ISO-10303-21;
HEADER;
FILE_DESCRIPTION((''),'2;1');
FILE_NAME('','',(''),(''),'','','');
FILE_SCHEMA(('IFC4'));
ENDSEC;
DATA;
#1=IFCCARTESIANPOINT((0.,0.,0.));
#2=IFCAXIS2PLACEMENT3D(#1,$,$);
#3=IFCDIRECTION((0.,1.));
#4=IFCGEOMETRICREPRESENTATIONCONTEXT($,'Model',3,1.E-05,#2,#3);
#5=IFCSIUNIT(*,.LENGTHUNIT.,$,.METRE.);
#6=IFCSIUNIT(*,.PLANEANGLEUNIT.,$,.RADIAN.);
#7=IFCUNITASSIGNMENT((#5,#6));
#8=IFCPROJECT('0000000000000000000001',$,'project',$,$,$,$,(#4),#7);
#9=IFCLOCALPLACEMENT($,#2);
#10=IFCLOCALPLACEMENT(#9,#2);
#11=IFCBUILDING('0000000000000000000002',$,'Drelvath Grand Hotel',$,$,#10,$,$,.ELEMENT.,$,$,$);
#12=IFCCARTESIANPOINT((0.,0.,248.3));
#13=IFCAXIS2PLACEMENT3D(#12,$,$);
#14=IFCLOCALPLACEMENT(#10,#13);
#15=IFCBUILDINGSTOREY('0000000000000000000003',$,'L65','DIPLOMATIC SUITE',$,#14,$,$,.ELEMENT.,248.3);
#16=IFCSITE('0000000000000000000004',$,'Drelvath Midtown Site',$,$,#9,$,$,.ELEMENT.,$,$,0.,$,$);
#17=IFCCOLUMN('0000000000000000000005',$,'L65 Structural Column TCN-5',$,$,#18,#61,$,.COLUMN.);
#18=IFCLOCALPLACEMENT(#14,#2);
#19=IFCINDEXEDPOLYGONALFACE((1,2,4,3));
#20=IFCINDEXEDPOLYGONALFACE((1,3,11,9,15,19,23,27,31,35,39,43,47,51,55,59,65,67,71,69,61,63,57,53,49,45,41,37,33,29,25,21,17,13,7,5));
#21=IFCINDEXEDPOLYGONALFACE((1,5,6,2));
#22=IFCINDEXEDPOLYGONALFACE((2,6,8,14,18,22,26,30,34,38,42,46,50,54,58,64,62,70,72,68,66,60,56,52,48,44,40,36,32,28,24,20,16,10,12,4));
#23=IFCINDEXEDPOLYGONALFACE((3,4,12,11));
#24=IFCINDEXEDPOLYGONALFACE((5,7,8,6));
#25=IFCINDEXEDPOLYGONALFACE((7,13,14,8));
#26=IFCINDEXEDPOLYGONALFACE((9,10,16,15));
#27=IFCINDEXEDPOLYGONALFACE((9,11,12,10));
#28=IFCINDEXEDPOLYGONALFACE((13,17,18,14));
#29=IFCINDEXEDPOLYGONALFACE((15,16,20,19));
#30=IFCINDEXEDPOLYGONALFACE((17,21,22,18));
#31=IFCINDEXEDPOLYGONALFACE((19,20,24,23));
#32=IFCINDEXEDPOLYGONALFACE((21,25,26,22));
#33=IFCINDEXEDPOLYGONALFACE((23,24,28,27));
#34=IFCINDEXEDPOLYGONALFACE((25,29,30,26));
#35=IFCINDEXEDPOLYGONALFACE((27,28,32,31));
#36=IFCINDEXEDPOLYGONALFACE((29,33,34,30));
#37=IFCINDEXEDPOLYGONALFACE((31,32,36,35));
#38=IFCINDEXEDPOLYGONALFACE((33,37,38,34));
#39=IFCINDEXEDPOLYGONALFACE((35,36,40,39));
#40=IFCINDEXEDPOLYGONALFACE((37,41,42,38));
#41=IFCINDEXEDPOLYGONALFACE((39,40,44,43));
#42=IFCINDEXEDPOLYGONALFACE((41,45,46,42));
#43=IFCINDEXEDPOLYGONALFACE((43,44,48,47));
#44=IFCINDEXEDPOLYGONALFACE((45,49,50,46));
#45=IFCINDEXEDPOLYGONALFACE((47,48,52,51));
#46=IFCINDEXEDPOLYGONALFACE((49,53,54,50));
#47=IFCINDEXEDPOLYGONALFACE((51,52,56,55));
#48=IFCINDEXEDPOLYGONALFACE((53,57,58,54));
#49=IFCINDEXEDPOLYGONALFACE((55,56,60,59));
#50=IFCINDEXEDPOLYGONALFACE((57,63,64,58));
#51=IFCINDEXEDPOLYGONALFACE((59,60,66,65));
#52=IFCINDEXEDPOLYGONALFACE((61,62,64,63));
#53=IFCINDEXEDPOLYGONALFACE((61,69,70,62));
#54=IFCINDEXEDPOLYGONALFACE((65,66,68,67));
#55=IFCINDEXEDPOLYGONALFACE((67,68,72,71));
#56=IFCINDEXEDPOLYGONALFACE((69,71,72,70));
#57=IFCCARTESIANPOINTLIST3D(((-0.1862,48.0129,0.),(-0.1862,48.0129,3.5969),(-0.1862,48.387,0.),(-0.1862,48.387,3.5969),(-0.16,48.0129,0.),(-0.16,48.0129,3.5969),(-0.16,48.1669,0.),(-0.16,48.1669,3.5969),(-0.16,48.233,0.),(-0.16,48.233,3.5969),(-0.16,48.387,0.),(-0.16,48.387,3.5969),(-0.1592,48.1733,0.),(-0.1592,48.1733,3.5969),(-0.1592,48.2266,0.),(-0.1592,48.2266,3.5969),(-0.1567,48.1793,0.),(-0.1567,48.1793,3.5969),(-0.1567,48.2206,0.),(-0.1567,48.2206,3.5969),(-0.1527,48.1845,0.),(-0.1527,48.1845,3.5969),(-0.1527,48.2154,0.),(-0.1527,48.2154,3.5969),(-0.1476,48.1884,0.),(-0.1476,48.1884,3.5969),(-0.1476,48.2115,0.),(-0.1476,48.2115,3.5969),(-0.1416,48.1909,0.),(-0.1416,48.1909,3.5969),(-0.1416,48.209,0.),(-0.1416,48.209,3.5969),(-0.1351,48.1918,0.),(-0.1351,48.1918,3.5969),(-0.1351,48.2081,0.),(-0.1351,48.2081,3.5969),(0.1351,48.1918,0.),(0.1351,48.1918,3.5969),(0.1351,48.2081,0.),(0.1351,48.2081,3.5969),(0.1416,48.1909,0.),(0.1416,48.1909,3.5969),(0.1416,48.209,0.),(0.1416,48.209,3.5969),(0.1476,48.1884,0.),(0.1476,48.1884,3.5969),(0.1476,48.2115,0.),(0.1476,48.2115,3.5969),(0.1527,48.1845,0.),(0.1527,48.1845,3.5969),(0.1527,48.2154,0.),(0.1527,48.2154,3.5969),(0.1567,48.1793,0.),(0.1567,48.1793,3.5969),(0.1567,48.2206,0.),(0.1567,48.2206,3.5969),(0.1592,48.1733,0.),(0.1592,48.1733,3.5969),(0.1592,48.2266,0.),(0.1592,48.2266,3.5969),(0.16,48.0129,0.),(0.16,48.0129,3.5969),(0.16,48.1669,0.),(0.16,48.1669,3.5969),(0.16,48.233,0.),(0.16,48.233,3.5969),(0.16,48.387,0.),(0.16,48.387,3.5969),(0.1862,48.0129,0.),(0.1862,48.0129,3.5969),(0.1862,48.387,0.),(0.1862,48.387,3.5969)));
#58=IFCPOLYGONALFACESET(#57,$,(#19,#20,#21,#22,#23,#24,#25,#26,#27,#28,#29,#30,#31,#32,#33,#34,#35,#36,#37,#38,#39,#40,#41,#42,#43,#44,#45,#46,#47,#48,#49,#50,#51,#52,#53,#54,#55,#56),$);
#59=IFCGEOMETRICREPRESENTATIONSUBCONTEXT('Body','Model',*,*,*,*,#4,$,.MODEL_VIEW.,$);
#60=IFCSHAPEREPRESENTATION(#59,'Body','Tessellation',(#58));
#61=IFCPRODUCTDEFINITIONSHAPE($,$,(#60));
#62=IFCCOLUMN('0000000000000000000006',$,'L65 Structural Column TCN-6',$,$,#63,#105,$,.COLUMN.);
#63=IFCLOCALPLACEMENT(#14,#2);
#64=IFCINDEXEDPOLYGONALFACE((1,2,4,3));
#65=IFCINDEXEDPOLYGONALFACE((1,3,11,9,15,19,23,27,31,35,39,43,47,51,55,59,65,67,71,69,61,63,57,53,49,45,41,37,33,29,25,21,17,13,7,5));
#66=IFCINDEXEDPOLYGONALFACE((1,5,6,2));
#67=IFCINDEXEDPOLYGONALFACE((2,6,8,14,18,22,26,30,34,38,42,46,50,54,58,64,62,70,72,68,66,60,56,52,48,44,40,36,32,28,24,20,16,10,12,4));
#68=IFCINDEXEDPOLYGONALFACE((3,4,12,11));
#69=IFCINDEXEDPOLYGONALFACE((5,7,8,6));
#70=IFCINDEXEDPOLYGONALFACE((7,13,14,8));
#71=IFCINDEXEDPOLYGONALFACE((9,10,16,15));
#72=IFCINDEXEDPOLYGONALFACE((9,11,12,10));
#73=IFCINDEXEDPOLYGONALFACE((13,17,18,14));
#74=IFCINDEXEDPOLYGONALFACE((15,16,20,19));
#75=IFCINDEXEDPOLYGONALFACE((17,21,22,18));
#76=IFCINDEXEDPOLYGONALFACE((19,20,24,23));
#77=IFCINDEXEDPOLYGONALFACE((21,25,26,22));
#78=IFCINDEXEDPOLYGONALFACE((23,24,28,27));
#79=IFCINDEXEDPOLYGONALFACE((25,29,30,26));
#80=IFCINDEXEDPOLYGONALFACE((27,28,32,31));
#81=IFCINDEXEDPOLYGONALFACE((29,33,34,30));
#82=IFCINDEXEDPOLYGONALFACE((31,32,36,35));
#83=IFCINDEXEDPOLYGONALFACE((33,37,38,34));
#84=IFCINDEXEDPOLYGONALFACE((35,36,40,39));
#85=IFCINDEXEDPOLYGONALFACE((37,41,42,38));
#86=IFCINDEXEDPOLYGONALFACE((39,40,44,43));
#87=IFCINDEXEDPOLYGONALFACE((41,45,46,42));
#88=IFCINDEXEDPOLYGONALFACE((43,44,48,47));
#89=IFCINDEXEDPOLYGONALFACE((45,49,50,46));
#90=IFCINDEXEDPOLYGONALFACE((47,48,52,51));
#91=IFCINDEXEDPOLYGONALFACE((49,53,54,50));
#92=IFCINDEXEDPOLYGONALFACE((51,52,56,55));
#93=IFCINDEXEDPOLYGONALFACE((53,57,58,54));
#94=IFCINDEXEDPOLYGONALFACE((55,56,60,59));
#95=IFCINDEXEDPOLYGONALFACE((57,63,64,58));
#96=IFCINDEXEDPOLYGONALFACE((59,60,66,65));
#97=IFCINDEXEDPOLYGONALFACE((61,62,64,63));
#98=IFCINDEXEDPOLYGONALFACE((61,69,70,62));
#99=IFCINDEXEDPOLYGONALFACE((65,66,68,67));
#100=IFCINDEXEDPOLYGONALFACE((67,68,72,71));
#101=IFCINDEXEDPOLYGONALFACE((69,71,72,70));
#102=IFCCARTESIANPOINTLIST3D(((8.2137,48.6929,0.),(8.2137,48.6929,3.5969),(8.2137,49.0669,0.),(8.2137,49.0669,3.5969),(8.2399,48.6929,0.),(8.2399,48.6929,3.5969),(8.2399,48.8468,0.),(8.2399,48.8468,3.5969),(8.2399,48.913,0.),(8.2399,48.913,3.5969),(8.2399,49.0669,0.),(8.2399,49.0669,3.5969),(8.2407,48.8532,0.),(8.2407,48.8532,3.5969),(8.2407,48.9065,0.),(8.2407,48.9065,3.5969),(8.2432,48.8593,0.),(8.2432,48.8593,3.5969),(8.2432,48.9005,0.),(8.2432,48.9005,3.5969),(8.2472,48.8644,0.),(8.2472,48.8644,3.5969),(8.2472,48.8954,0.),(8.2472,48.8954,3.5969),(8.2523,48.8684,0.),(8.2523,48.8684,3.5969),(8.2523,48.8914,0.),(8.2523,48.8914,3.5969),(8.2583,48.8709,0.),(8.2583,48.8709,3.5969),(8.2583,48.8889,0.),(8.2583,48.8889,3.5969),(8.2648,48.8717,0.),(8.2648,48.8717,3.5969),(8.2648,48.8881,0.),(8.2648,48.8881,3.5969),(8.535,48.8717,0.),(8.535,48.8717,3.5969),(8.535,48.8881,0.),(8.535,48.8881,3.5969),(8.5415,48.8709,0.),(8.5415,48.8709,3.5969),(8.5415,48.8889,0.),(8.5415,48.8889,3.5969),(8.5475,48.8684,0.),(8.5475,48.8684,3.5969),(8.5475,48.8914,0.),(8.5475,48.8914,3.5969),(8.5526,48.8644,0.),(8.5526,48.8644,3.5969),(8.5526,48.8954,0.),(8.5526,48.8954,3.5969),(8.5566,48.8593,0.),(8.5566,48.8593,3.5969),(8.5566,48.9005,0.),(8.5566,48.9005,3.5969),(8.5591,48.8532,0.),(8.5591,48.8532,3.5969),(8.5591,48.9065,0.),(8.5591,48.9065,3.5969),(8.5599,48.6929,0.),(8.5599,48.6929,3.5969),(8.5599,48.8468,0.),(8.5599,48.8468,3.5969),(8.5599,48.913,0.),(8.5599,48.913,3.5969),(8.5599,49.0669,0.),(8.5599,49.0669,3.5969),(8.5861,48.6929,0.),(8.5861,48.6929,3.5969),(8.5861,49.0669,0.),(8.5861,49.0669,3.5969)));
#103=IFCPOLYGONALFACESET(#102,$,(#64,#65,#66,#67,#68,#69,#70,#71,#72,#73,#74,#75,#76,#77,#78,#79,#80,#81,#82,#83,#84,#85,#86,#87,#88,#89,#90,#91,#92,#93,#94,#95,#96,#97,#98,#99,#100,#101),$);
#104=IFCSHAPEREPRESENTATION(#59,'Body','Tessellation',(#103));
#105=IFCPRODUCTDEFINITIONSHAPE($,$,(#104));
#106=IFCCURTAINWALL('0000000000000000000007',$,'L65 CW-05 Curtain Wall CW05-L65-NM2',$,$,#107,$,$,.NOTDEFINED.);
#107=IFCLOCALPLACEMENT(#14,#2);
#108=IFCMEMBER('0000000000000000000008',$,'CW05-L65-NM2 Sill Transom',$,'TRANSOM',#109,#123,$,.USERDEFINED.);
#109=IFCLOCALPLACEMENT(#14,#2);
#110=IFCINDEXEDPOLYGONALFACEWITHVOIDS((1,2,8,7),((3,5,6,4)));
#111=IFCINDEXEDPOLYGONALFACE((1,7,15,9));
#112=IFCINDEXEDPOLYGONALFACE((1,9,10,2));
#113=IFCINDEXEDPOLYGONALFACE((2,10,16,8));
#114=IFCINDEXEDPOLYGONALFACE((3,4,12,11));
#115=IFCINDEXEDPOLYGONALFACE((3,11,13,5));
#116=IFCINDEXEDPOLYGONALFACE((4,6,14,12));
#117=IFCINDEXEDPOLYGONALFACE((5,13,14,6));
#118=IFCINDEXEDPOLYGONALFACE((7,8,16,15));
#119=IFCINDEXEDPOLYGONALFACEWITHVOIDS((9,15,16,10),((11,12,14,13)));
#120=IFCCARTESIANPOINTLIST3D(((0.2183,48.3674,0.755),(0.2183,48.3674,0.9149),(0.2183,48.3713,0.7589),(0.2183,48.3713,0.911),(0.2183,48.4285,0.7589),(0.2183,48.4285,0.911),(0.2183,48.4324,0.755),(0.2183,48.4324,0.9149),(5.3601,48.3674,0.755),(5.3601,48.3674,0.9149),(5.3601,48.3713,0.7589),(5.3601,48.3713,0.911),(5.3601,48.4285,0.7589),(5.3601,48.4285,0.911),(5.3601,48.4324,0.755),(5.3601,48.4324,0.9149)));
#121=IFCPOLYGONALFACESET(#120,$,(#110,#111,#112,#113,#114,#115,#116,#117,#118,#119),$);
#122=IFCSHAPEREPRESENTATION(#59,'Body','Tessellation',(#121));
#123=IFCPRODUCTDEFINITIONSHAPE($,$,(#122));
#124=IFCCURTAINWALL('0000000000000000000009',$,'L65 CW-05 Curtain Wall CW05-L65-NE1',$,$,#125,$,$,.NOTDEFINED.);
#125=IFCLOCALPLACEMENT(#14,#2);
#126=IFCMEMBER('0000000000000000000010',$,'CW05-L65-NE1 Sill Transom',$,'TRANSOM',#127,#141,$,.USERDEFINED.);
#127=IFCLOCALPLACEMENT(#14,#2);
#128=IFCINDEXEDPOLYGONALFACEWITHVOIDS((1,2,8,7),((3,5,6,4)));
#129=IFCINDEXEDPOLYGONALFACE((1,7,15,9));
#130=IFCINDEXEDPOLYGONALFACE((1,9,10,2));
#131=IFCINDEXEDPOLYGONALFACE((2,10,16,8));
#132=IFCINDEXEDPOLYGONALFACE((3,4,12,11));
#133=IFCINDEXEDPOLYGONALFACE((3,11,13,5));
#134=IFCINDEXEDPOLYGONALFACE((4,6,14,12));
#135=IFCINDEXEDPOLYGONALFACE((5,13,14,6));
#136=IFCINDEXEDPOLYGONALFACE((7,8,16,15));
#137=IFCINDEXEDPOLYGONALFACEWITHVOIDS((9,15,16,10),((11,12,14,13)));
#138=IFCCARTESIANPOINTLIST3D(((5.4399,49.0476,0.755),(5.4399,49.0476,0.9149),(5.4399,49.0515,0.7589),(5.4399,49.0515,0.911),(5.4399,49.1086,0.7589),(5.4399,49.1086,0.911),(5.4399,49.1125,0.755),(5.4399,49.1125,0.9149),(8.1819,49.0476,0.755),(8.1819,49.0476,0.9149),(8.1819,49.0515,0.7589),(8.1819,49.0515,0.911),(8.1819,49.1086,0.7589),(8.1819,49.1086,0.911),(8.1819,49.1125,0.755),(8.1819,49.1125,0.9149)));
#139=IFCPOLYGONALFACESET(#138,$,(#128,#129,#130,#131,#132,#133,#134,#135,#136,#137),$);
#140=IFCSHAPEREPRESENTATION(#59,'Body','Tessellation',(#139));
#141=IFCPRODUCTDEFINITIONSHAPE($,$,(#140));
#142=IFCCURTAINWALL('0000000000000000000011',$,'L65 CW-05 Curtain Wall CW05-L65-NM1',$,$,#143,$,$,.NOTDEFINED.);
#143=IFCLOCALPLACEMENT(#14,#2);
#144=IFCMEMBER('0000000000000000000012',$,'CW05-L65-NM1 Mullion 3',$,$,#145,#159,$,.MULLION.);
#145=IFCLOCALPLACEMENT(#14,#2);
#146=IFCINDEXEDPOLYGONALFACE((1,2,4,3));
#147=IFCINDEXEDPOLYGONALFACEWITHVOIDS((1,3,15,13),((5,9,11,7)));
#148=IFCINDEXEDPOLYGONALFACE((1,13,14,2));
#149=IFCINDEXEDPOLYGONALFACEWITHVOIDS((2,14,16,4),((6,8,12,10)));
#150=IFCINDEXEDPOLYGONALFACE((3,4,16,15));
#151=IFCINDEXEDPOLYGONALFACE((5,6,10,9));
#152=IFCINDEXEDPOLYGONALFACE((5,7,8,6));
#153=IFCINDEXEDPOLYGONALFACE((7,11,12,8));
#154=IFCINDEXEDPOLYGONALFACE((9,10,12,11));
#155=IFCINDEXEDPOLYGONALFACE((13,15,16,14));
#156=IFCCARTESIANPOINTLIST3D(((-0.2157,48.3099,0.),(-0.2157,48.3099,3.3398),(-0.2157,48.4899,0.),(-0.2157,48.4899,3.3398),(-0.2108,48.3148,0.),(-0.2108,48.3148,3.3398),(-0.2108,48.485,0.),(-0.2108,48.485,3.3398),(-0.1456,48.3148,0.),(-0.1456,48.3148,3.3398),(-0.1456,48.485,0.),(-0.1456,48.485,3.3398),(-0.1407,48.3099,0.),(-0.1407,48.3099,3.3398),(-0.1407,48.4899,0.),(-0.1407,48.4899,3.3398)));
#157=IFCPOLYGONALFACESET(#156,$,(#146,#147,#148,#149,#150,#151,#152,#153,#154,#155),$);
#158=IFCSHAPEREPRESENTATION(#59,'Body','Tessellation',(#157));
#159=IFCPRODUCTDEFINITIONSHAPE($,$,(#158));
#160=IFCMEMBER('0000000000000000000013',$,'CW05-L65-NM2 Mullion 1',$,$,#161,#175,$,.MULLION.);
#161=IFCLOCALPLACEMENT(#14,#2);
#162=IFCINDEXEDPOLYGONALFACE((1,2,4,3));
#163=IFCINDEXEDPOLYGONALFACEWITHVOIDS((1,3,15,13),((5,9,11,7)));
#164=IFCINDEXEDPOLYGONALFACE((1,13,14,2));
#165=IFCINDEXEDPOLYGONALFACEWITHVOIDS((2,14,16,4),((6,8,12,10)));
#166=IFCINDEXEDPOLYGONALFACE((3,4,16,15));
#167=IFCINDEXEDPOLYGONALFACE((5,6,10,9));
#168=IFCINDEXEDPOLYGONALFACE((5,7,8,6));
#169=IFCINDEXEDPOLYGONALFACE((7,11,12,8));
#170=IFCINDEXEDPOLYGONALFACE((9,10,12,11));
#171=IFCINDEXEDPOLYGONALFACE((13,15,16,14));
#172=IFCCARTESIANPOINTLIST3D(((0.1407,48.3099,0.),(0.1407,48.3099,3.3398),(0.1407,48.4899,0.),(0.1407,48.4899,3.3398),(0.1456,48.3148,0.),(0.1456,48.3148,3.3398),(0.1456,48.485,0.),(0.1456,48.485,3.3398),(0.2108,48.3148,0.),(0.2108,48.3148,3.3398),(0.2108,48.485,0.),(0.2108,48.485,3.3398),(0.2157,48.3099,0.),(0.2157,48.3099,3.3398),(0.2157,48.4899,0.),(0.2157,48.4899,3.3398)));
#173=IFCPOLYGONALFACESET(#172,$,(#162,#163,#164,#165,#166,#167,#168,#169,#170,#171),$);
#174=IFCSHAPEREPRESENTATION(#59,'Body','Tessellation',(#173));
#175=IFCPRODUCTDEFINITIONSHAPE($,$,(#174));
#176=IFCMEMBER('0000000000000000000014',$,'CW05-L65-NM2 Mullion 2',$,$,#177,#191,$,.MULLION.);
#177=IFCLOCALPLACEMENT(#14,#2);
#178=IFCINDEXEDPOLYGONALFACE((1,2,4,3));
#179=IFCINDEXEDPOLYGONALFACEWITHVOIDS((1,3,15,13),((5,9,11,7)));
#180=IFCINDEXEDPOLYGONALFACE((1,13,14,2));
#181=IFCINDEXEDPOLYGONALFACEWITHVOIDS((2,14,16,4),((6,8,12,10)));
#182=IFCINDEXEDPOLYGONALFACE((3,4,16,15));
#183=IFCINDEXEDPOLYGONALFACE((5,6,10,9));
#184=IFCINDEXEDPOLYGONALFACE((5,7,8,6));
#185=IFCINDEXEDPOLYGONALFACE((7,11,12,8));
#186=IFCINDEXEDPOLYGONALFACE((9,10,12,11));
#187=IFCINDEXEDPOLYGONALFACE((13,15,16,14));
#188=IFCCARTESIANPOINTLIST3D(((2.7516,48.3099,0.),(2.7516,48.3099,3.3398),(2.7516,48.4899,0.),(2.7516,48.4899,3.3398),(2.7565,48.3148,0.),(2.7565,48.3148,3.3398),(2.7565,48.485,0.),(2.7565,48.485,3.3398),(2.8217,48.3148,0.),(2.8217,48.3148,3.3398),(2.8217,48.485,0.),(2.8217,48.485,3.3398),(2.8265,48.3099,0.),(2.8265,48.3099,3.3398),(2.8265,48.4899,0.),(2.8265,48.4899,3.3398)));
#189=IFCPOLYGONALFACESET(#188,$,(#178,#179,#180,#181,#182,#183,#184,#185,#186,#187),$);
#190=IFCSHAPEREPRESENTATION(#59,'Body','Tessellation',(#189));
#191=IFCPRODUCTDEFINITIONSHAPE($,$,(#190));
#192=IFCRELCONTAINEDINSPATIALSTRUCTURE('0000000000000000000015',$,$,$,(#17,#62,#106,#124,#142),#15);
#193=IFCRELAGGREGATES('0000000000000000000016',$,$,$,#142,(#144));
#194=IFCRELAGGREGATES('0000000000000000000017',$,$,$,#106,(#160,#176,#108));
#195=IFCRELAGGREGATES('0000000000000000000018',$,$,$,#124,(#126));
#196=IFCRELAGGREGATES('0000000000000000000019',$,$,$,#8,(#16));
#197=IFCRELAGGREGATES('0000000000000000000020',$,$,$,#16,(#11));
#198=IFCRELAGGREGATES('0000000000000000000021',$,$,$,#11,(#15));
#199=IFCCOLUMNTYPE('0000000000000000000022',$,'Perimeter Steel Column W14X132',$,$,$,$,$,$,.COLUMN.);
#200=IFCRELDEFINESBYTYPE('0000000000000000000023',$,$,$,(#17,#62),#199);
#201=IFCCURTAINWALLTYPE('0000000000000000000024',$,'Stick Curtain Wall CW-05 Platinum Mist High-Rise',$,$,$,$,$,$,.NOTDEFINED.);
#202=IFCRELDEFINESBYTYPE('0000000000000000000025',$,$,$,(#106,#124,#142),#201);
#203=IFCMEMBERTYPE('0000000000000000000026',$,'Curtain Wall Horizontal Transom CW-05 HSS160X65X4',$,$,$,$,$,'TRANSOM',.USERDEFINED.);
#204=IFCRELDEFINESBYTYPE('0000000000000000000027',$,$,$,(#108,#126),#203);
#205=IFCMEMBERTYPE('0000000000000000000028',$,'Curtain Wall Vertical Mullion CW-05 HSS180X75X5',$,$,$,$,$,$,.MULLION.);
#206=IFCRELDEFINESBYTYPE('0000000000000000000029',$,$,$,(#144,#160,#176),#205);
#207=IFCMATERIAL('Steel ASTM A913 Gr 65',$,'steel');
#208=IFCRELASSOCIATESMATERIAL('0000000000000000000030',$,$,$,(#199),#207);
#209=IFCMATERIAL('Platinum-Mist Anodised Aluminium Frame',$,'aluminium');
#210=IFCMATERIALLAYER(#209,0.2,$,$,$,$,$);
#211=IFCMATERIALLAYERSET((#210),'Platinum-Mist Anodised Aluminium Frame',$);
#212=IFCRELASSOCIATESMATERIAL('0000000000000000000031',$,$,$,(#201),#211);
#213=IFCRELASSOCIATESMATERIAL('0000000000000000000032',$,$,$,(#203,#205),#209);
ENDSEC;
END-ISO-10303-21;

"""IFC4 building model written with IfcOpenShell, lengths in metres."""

from ifc_helpers import new_model, si_unit, direction, frame, origin, origin_2d, place, context, subcontext, project, spatial, hollow_rectangle, i_section, extrude, material, layer, layer_set, material_profile, profile_set, type_object, element, aggregate, save


model = new_model("IFC4")

# Units and contexts
model_context = context("Model", 3, precision=1e-05, world=origin(), true_north=direction((0.0, 1.0)))
body_context = subcontext(model_context, "Body", "Model", "MODEL_VIEW")
ifc_project = project(units=[si_unit("LENGTHUNIT", "METRE"), si_unit("PLANEANGLEUNIT", "RADIAN")], contexts=[model_context])

# Site, building, storey
site_placement = place(None, origin())
site = spatial("IfcSite", under=ifc_project, at=site_placement, Name="Drelvath Midtown Site", CompositionType="ELEMENT", RefElevation=0.0)
building_placement = place(site_placement, origin())
building = spatial("IfcBuilding", under=site, at=building_placement, Name="Drelvath Grand Hotel", CompositionType="ELEMENT")
storey_placement = place(building_placement, frame((0.0, 0.0, 248.3)))
storey = spatial("IfcBuildingStorey", under=building, at=storey_placement, Name="L65", Description="DIPLOMATIC SUITE", CompositionType="ELEMENT", Elevation=248.3)

# Columns
ifc_material_1 = material(Name="Steel ASTM A913 Gr 65", Category="steel")
ifc_material_profile_1 = material_profile(ifc_material_1, i_section(OverallWidth=0.374, OverallDepth=0.3723, WebThickness=0.0164, FlangeThickness=0.0261, FilletRadius=0.0249, at=origin_2d()), Name="W14X132")
ifc_profile_set_1 = profile_set([ifc_material_profile_1], Name="Steel ASTM A913 Gr 65")
column_type = type_object("IfcColumnType", Name="Perimeter Steel Column W14X132", PredefinedType="COLUMN", material=ifc_profile_set_1)
for number, where, z_axis, x_axis, name in (
    (1, (0.0, 48.2, 0.0), (0.0, 0.0, 1.0), (0.0, 1.0, 0.0), "L65 Structural Column TCN-5"),
    (2, (8.3999, 48.8799, 0.0), (0.0, 0.0, 1.0), (0.0, 1.0, 0.0), "L65 Structural Column TCN-6"),
):
    element("IfcColumn", number, at=place(storey_placement, frame(where, z_axis=z_axis, x_axis=x_axis)), inside=storey, type_object=column_type, Name=name, PredefinedType="COLUMN", context=body_context, shape_type="SweptSolid", body=[
        extrude(i_section(OverallWidth=0.374, OverallDepth=0.3723, WebThickness=0.0164, FlangeThickness=0.0261, FilletRadius=0.0249, at=origin_2d()), origin(), (0.0, 0.0, 1.0), 3.5969),
    ])

# Curtain walls, members
ifc_material_2 = material(Name="Platinum-Mist Anodised Aluminium Frame", Category="aluminium")
ifc_layer_1 = layer(ifc_material_2, 0.2)
ifc_layer_set_1 = layer_set([ifc_layer_1], Name="Platinum-Mist Anodised Aluminium Frame")
curtain_wall_type = type_object("IfcCurtainWallType", Name="Stick Curtain Wall CW-05 Platinum Mist High-Rise", PredefinedType="NOTDEFINED", material=ifc_layer_set_1)
curtain_wall_1_placement = place(storey_placement, origin())
curtain_wall_1 = element("IfcCurtainWall", 3, at=curtain_wall_1_placement, inside=storey, type_object=curtain_wall_type, Name="L65 CW-05 Curtain Wall CW05-L65-NM2", PredefinedType="NOTDEFINED")
ifc_material_profile_2 = material_profile(ifc_material_2, hollow_rectangle(XDim=0.0649, YDim=0.1599, WallThickness=0.0039, at=origin_2d()), Name="HSS160X65X4")
ifc_profile_set_2 = profile_set([ifc_material_profile_2], Name="Platinum-Mist Anodised Aluminium Frame")
member_type_1 = type_object("IfcMemberType", Name="Curtain Wall Horizontal Transom CW-05 HSS160X65X4", ElementType="TRANSOM", PredefinedType="USERDEFINED", material=ifc_profile_set_2)
member_1_placement = place(storey_placement, frame((0.2183, 48.3999, 0.835), z_axis=(1.0, 0.0, 0.0), x_axis=(0.0, 1.0, 0.0)))
member_1 = element("IfcMember", 4, at=member_1_placement, type_object=member_type_1, Name="CW05-L65-NM2 Sill Transom", ObjectType="TRANSOM", PredefinedType="USERDEFINED", context=body_context, shape_type="SweptSolid", body=[
    extrude(hollow_rectangle(XDim=0.0649, YDim=0.1599, WallThickness=0.0039, at=origin_2d()), origin(), (0.0, 0.0, 1.0), 5.1418),
])
curtain_wall_2_placement = place(storey_placement, origin())
curtain_wall_2 = element("IfcCurtainWall", 5, at=curtain_wall_2_placement, inside=storey, type_object=curtain_wall_type, Name="L65 CW-05 Curtain Wall CW05-L65-NE1", PredefinedType="NOTDEFINED")
member_2_placement = place(storey_placement, frame((5.4399, 49.0801, 0.835), z_axis=(1.0, 0.0, 0.0), x_axis=(0.0, 1.0, 0.0)))
member_2 = element("IfcMember", 6, at=member_2_placement, type_object=member_type_1, Name="CW05-L65-NE1 Sill Transom", ObjectType="TRANSOM", PredefinedType="USERDEFINED", context=body_context, shape_type="SweptSolid", body=[
    extrude(hollow_rectangle(XDim=0.0649, YDim=0.1599, WallThickness=0.0039, at=origin_2d()), origin(), (0.0, 0.0, 1.0), 2.7419),
])
curtain_wall_3_placement = place(storey_placement, origin())
curtain_wall_3 = element("IfcCurtainWall", 7, at=curtain_wall_3_placement, inside=storey, type_object=curtain_wall_type, Name="L65 CW-05 Curtain Wall CW05-L65-NM1", PredefinedType="NOTDEFINED")
ifc_material_profile_3 = material_profile(ifc_material_2, hollow_rectangle(XDim=0.075, YDim=0.1799, WallThickness=0.0049, at=origin_2d()), Name="HSS180X75X5")
ifc_profile_set_3 = profile_set([ifc_material_profile_3], Name="Platinum-Mist Anodised Aluminium Frame")
member_type_2 = type_object("IfcMemberType", Name="Curtain Wall Vertical Mullion CW-05 HSS180X75X5", PredefinedType="MULLION", material=ifc_profile_set_3)
member_3_placement = place(storey_placement, frame((-0.1782, 48.3999, 0.0), z_axis=(0.0, 0.0, 1.0), x_axis=(1.0, 0.0, 0.0)))
member_3 = element("IfcMember", 8, at=member_3_placement, type_object=member_type_2, Name="CW05-L65-NM1 Mullion 3", PredefinedType="MULLION", context=body_context, shape_type="SweptSolid", body=[
    extrude(hollow_rectangle(XDim=0.075, YDim=0.1799, WallThickness=0.0049, at=origin_2d()), origin(), (0.0, 0.0, 1.0), 3.3398),
])
aggregate(curtain_wall_3, [member_3])

# Members
member_4_placement = place(storey_placement, frame((0.1782, 48.3999, 0.0), z_axis=(0.0, 0.0, 1.0), x_axis=(1.0, 0.0, 0.0)))
member_4 = element("IfcMember", 9, at=member_4_placement, type_object=member_type_2, Name="CW05-L65-NM2 Mullion 1", PredefinedType="MULLION", context=body_context, shape_type="SweptSolid", body=[
    extrude(hollow_rectangle(XDim=0.075, YDim=0.1799, WallThickness=0.0049, at=origin_2d()), origin(), (0.0, 0.0, 1.0), 3.3398),
])
member_5_placement = place(storey_placement, frame((2.7891, 48.3999, 0.0), z_axis=(0.0, 0.0, 1.0), x_axis=(1.0, 0.0, 0.0)))
member_5 = element("IfcMember", 10, at=member_5_placement, type_object=member_type_2, Name="CW05-L65-NM2 Mullion 2", PredefinedType="MULLION", context=body_context, shape_type="SweptSolid", body=[
    extrude(hollow_rectangle(XDim=0.075, YDim=0.1799, WallThickness=0.0049, at=origin_2d()), origin(), (0.0, 0.0, 1.0), 3.3398),
])

aggregate(curtain_wall_1, [member_4, member_5, member_1])
aggregate(curtain_wall_2, [member_2])

save(model, "model.ifc")
